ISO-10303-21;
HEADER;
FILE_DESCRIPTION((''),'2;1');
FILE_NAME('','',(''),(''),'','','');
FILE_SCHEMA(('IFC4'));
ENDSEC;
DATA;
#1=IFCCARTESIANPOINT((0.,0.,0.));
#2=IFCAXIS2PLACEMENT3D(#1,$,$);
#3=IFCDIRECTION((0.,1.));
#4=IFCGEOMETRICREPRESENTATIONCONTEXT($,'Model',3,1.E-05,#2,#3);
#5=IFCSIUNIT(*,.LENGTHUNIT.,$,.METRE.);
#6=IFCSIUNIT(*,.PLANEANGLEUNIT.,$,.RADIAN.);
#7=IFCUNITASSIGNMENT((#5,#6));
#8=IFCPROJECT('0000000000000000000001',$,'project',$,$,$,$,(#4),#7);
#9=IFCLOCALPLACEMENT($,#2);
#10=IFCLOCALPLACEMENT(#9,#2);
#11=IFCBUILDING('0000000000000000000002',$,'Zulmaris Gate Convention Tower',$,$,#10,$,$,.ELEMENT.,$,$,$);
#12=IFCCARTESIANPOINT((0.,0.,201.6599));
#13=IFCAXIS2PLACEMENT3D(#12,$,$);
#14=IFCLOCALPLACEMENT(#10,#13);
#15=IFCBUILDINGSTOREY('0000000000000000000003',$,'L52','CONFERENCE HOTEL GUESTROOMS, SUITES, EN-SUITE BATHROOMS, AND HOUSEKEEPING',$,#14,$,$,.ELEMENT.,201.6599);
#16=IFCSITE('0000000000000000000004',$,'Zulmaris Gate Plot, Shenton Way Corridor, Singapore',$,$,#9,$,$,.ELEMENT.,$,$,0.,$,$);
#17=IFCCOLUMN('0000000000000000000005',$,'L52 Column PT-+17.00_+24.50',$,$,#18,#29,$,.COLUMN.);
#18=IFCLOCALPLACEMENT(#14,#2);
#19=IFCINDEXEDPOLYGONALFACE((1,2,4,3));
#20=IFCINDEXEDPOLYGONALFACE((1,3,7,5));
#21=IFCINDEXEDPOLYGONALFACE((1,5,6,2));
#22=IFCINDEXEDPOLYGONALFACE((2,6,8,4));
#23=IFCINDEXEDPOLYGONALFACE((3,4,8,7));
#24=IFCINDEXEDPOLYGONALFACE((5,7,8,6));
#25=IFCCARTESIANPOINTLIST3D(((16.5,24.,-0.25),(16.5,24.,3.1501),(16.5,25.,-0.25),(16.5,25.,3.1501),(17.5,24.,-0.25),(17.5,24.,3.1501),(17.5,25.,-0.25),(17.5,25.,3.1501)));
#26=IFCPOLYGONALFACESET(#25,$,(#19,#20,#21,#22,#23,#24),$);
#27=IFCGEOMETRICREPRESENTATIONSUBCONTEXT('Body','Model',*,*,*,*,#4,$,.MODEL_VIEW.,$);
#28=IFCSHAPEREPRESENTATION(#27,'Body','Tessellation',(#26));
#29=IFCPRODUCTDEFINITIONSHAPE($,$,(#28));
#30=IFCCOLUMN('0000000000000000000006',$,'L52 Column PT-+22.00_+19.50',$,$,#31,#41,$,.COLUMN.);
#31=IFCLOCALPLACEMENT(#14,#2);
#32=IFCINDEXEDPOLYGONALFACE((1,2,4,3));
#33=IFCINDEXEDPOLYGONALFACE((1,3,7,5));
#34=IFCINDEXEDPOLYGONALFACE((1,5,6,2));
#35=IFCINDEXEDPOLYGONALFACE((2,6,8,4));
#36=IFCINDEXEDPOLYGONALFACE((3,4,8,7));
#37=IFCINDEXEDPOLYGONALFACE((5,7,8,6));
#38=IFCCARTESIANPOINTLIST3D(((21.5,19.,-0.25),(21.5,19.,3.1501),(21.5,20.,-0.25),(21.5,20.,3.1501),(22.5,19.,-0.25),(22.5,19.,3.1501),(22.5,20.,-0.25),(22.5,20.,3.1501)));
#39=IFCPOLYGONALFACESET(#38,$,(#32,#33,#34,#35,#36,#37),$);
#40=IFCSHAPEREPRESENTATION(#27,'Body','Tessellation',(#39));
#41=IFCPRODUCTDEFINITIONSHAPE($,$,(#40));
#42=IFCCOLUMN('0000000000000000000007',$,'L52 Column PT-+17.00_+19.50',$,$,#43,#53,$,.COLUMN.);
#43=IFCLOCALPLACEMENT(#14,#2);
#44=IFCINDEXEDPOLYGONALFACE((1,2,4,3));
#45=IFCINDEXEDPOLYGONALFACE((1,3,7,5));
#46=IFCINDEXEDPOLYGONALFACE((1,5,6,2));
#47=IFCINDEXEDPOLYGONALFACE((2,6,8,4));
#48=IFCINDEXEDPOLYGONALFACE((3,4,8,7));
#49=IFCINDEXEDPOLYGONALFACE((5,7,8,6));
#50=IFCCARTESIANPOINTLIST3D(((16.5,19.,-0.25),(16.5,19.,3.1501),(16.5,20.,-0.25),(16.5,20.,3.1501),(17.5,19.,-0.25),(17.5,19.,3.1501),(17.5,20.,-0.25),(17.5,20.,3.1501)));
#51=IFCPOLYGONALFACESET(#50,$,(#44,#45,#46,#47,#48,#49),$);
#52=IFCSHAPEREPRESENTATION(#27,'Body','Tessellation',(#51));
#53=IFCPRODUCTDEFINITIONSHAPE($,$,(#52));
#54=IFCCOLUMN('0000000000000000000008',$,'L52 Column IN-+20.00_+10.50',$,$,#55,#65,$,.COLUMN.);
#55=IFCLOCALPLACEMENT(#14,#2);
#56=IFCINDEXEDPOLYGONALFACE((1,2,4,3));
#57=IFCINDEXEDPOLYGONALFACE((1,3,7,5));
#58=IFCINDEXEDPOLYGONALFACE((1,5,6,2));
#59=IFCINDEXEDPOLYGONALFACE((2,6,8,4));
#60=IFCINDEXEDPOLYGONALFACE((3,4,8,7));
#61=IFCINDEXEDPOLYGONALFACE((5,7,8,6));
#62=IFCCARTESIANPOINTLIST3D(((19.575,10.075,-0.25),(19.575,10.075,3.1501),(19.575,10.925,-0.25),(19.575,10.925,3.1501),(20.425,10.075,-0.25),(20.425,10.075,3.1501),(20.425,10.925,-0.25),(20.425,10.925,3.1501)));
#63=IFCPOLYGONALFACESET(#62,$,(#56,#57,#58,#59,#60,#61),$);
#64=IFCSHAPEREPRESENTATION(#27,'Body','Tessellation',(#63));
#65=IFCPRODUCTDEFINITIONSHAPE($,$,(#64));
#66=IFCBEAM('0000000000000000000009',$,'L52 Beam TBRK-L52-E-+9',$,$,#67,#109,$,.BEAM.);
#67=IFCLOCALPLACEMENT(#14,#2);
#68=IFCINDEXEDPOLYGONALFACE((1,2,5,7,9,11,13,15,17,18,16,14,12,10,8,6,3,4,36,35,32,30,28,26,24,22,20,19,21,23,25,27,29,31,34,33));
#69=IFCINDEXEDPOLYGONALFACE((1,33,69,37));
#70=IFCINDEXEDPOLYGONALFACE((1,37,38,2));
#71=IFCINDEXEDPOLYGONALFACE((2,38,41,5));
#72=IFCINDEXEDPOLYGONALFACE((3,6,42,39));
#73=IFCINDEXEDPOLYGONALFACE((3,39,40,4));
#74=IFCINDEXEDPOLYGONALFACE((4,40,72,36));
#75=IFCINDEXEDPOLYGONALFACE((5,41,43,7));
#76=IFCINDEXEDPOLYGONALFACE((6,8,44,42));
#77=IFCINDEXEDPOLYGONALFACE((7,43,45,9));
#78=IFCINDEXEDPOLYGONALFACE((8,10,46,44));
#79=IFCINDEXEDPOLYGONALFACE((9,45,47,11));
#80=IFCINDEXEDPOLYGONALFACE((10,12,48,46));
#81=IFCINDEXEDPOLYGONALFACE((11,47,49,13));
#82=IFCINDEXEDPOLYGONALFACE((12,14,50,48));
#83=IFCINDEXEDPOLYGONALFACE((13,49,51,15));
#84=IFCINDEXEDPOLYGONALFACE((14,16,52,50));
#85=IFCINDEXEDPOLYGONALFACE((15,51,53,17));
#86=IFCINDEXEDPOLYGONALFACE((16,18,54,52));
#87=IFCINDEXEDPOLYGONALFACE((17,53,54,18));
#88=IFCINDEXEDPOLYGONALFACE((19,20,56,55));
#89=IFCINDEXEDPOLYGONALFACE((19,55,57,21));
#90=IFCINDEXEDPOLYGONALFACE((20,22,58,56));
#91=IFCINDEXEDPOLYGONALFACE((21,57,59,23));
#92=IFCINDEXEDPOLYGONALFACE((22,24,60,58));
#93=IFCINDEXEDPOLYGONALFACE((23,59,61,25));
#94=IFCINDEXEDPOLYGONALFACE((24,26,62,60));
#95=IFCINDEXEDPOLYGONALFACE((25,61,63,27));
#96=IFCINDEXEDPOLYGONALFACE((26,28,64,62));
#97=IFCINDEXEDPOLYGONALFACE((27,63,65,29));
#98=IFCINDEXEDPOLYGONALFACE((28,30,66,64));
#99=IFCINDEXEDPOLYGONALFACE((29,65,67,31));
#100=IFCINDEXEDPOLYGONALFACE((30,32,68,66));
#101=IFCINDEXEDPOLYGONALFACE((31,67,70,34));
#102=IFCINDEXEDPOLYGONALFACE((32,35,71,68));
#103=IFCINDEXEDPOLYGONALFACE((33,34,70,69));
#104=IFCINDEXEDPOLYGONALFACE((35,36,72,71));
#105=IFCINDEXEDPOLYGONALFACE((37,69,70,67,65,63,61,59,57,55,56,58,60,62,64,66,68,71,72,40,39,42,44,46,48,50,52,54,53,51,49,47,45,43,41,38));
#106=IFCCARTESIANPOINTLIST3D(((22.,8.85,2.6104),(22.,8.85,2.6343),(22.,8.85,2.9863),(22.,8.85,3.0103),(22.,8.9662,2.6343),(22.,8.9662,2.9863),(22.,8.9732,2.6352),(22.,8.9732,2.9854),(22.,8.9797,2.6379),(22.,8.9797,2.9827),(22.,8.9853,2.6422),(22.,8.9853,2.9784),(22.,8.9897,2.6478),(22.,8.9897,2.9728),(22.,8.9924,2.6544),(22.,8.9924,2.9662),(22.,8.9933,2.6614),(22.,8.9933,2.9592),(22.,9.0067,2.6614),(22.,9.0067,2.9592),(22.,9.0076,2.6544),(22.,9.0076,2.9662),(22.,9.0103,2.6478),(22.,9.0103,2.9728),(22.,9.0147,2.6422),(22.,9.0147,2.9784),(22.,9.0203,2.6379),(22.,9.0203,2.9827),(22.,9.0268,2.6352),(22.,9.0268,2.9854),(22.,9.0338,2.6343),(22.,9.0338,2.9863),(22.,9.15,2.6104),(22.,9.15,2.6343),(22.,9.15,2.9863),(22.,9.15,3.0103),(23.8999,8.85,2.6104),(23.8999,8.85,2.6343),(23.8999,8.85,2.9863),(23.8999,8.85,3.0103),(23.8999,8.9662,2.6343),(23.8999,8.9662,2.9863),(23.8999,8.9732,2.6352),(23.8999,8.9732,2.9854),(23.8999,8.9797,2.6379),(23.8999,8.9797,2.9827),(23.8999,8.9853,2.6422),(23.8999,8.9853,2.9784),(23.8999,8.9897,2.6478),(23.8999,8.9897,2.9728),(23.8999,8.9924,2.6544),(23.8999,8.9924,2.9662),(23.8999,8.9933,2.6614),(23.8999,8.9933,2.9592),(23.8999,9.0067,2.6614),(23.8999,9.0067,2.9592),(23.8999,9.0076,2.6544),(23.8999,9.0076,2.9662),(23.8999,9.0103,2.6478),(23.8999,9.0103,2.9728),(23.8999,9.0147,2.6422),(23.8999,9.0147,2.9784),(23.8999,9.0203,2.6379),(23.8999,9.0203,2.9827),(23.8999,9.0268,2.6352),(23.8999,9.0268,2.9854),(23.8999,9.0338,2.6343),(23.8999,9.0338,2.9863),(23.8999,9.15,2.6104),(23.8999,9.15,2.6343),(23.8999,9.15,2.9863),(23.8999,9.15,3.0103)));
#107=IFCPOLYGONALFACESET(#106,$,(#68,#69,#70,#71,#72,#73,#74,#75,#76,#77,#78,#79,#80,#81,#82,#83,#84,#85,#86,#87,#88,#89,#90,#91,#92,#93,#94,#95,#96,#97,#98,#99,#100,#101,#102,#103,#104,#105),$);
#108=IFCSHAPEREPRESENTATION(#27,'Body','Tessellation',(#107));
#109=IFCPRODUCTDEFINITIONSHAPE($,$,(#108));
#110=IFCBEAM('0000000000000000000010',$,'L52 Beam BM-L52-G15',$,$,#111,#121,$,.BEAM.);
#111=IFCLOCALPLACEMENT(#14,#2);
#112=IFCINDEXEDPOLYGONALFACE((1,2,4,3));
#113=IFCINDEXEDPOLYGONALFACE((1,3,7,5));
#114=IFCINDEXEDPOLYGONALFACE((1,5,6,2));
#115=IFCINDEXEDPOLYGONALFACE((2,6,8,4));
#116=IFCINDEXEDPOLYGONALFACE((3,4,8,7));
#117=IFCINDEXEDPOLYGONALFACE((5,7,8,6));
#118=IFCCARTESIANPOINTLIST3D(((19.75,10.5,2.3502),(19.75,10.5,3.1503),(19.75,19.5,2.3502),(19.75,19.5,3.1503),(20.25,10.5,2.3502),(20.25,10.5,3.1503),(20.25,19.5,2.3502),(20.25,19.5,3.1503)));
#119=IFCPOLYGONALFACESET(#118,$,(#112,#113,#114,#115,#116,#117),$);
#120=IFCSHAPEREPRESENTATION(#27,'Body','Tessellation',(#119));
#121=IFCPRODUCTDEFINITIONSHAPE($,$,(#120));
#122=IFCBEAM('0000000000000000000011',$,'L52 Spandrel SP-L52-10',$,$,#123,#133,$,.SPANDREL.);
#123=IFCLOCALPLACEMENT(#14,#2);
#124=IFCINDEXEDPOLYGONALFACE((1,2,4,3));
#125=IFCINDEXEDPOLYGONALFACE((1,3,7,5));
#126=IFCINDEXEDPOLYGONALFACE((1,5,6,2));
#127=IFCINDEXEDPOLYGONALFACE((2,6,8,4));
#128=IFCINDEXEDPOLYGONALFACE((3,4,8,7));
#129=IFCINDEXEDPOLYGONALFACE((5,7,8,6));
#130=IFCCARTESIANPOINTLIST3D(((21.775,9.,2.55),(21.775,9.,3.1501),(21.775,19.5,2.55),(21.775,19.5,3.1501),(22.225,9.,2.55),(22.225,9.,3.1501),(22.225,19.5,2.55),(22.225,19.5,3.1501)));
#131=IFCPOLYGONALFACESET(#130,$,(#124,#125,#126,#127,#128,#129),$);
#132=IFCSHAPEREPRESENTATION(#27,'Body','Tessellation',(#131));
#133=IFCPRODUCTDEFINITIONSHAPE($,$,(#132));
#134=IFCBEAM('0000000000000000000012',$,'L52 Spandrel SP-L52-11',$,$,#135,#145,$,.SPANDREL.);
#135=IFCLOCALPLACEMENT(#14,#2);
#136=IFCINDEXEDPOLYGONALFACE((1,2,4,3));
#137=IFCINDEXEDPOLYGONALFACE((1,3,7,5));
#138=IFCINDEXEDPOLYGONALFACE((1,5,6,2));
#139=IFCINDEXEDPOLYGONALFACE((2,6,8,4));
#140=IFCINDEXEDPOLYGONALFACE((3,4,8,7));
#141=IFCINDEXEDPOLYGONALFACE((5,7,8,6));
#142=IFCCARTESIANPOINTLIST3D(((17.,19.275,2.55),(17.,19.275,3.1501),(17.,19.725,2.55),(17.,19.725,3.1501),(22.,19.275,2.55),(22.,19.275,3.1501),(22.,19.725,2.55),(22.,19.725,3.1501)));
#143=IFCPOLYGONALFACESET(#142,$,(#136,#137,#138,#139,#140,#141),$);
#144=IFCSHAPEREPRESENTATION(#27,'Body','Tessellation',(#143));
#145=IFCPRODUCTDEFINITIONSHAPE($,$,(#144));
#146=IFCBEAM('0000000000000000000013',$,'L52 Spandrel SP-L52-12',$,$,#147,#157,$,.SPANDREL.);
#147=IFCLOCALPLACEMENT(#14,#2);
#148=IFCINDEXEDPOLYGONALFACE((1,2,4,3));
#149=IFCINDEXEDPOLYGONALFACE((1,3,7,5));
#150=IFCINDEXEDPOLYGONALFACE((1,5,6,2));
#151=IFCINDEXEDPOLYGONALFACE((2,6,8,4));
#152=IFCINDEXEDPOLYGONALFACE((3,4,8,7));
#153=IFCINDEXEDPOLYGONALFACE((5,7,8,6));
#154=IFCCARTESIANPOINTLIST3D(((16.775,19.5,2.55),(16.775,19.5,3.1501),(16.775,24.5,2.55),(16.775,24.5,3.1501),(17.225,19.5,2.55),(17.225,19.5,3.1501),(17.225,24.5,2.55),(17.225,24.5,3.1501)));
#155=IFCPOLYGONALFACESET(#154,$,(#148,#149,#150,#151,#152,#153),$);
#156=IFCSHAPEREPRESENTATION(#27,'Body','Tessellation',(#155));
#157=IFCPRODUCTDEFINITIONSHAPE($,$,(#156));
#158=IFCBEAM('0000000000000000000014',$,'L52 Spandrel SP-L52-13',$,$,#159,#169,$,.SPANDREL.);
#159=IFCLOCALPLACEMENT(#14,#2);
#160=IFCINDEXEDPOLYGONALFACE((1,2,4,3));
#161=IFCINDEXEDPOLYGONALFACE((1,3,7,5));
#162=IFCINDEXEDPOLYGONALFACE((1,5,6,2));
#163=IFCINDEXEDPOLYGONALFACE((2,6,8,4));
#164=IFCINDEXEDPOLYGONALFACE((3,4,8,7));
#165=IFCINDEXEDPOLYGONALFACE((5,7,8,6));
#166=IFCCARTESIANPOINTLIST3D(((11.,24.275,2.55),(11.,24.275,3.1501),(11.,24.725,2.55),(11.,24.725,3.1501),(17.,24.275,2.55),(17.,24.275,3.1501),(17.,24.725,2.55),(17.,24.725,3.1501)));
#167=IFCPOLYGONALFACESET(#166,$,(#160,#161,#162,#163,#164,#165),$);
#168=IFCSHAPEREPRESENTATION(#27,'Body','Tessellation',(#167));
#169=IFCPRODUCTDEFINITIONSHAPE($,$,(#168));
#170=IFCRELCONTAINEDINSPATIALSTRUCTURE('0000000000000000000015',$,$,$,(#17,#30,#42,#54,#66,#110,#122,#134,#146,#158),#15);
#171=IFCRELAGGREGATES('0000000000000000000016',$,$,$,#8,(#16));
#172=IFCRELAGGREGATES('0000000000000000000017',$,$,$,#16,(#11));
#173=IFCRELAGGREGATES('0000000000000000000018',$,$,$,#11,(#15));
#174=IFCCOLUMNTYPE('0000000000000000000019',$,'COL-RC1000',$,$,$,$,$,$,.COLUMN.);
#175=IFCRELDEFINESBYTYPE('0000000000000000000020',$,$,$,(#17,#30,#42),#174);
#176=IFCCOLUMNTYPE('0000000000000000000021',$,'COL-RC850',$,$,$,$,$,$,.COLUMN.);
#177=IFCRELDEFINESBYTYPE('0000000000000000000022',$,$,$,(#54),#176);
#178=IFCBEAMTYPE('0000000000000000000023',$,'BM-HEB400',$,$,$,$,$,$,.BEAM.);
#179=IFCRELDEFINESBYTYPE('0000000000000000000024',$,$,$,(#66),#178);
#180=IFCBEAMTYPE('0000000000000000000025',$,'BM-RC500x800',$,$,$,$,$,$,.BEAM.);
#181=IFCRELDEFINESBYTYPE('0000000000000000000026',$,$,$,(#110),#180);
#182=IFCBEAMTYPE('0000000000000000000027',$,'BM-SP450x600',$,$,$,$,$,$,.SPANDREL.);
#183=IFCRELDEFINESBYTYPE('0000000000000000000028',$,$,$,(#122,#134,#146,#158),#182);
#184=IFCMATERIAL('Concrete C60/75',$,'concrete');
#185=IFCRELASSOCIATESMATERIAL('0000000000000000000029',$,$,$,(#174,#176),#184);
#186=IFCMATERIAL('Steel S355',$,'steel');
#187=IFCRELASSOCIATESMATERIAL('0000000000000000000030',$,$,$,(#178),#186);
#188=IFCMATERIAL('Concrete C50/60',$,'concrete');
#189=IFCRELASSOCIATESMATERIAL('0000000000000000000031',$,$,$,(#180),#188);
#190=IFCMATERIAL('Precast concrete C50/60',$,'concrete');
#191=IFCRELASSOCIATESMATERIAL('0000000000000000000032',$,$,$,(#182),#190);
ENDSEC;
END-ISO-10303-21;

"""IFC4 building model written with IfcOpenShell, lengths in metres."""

from ifc_helpers import new_model, si_unit, direction, frame, origin, origin_2d, place, context, subcontext, project, spatial, rectangle, i_section, extrude, material, material_profile, profile_set, type_object, element, save


model = new_model("IFC4")

# Units and contexts
model_context = context("Model", 3, precision=1e-05, world=origin(), true_north=direction((0.0, 1.0)))
body_context = subcontext(model_context, "Body", "Model", "MODEL_VIEW")
ifc_project = project(units=[si_unit("LENGTHUNIT", "METRE"), si_unit("PLANEANGLEUNIT", "RADIAN")], contexts=[model_context])

# Site, building, storey
site_placement = place(None, origin())
site = spatial("IfcSite", under=ifc_project, at=site_placement, Name="Zulmaris Gate Plot, Shenton Way Corridor, Singapore", CompositionType="ELEMENT", RefElevation=0.0)
building_placement = place(site_placement, origin())
building = spatial("IfcBuilding", under=site, at=building_placement, Name="Zulmaris Gate Convention Tower", CompositionType="ELEMENT")
storey_placement = place(building_placement, frame((0.0, 0.0, 201.6599)))
storey = spatial("IfcBuildingStorey", under=building, at=storey_placement, Name="L52", Description="CONFERENCE HOTEL GUESTROOMS, SUITES, EN-SUITE BATHROOMS, AND HOUSEKEEPING", CompositionType="ELEMENT", Elevation=201.6599)

# Columns
ifc_material_1 = material(Name="Concrete C60/75", Category="concrete")
ifc_material_profile_1 = material_profile(ifc_material_1, rectangle(XDim=1.0, YDim=1.0, at=origin_2d()), Name="RC COL 1000x1000")
ifc_profile_set_1 = profile_set([ifc_material_profile_1], Name="Concrete C60/75")
column_type_1 = type_object("IfcColumnType", Name="COL-RC1000", PredefinedType="COLUMN", material=ifc_profile_set_1)
for number, where, z_axis, x_axis, name in (
    (1, (17.0, 24.5, -0.25), (0.0, 0.0, 1.0), (1.0, 0.0, 0.0), "L52 Column PT-+17.00_+24.50"),
    (2, (22.0, 19.5, -0.25), (0.0, 0.0, 1.0), (1.0, 0.0, 0.0), "L52 Column PT-+22.00_+19.50"),
    (3, (17.0, 19.5, -0.25), (0.0, 0.0, 1.0), (1.0, 0.0, 0.0), "L52 Column PT-+17.00_+19.50"),
):
    element("IfcColumn", number, at=place(storey_placement, frame(where, z_axis=z_axis, x_axis=x_axis)), inside=storey, type_object=column_type_1, Name=name, PredefinedType="COLUMN", context=body_context, shape_type="SweptSolid", body=[
        extrude(rectangle(XDim=1.0, YDim=1.0, at=origin_2d()), origin(), (0.0, 0.0, 1.0), 3.4001),
    ])
ifc_material_profile_2 = material_profile(ifc_material_1, rectangle(XDim=0.8501, YDim=0.8501, at=origin_2d()), Name="RC COL 850x850")
ifc_profile_set_2 = profile_set([ifc_material_profile_2], Name="Concrete C60/75")
column_type_2 = type_object("IfcColumnType", Name="COL-RC850", PredefinedType="COLUMN", material=ifc_profile_set_2)
column_placement = place(storey_placement, frame((20.0, 10.5, -0.25), z_axis=(0.0, 0.0, 1.0), x_axis=(1.0, 0.0, 0.0)))
element("IfcColumn", 4, at=column_placement, inside=storey, type_object=column_type_2, Name="L52 Column IN-+20.00_+10.50", PredefinedType="COLUMN", context=body_context, shape_type="SweptSolid", body=[
    extrude(rectangle(XDim=0.8501, YDim=0.8501, at=origin_2d()), origin(), (0.0, 0.0, 1.0), 3.4001),
])

# Beams
ifc_material_2 = material(Name="Steel S355", Category="steel")
ifc_material_profile_3 = material_profile(ifc_material_2, i_section(OverallWidth=0.3, OverallDepth=0.3999, WebThickness=0.0134, FlangeThickness=0.0239, FilletRadius=0.0271, at=origin_2d()), Name="HEB 400")
ifc_profile_set_3 = profile_set([ifc_material_profile_3], Name="Steel S355")
beam_type_1 = type_object("IfcBeamType", Name="BM-HEB400", PredefinedType="BEAM", material=ifc_profile_set_3)
beam_1_placement = place(storey_placement, frame((22.0, 9.0, 2.8103), z_axis=(1.0, 0.0, 0.0), x_axis=(0.0, 1.0, 0.0)))
element("IfcBeam", 5, at=beam_1_placement, inside=storey, type_object=beam_type_1, Name="L52 Beam TBRK-L52-E-+9", PredefinedType="BEAM", context=body_context, shape_type="SweptSolid", body=[
    extrude(i_section(OverallWidth=0.3, OverallDepth=0.3999, WebThickness=0.0134, FlangeThickness=0.0239, FilletRadius=0.0271, at=origin_2d()), origin(), (0.0, 0.0, 1.0), 1.8999),
])
ifc_material_3 = material(Name="Concrete C50/60", Category="concrete")
ifc_material_profile_4 = material_profile(ifc_material_3, rectangle(XDim=0.5, YDim=0.8, at=origin_2d()), Name="RC BEAM 500x800")
ifc_profile_set_4 = profile_set([ifc_material_profile_4], Name="Concrete C50/60")
beam_type_2 = type_object("IfcBeamType", Name="BM-RC500x800", PredefinedType="BEAM", material=ifc_profile_set_4)
beam_2_placement = place(storey_placement, frame((20.0, 10.5, 2.7502), z_axis=(0.0, 1.0, 0.0), x_axis=(-1.0, 0.0, 0.0)))
element("IfcBeam", 6, at=beam_2_placement, inside=storey, type_object=beam_type_2, Name="L52 Beam BM-L52-G15", PredefinedType="BEAM", context=body_context, shape_type="SweptSolid", body=[
    extrude(rectangle(XDim=0.5, YDim=0.8, at=origin_2d()), origin(), (0.0, 0.0, 1.0), 9.0),
])
ifc_material_4 = material(Name="Precast concrete C50/60", Category="concrete")
ifc_material_profile_5 = material_profile(ifc_material_4, rectangle(XDim=0.45, YDim=0.6001, at=origin_2d()), Name="RC SPANDREL 450x600")
ifc_profile_set_5 = profile_set([ifc_material_profile_5], Name="Precast concrete C50/60")
beam_type_3 = type_object("IfcBeamType", Name="BM-SP450x600", PredefinedType="SPANDREL", material=ifc_profile_set_5)
beam_3_placement = place(storey_placement, frame((22.0, 9.0, 2.8501), z_axis=(0.0, 1.0, 0.0), x_axis=(-1.0, 0.0, 0.0)))
element("IfcBeam", 7, at=beam_3_placement, inside=storey, type_object=beam_type_3, Name="L52 Spandrel SP-L52-10", PredefinedType="SPANDREL", context=body_context, shape_type="SweptSolid", body=[
    extrude(rectangle(XDim=0.45, YDim=0.6001, at=origin_2d()), origin(), (0.0, 0.0, 1.0), 10.5),
])
for number, where, z_axis, x_axis, name in (
    (8, (22.0, 19.5, 2.8501), (-1.0, 0.0, 0.0), (0.0, -1.0, 0.0), "L52 Spandrel SP-L52-11"),
    (9, (17.0, 19.5, 2.8501), (0.0, 1.0, 0.0), (-1.0, 0.0, 0.0), "L52 Spandrel SP-L52-12"),
):
    element("IfcBeam", number, at=place(storey_placement, frame(where, z_axis=z_axis, x_axis=x_axis)), inside=storey, type_object=beam_type_3, Name=name, PredefinedType="SPANDREL", context=body_context, shape_type="SweptSolid", body=[
        extrude(rectangle(XDim=0.45, YDim=0.6001, at=origin_2d()), origin(), (0.0, 0.0, 1.0), 5.0),
    ])
beam_4_placement = place(storey_placement, frame((17.0, 24.5, 2.8501), z_axis=(-1.0, 0.0, 0.0), x_axis=(0.0, -1.0, 0.0)))
element("IfcBeam", 10, at=beam_4_placement, inside=storey, type_object=beam_type_3, Name="L52 Spandrel SP-L52-13", PredefinedType="SPANDREL", context=body_context, shape_type="SweptSolid", body=[
    extrude(rectangle(XDim=0.45, YDim=0.6001, at=origin_2d()), origin(), (0.0, 0.0, 1.0), 6.0),
])

save(model, "model.ifc")
